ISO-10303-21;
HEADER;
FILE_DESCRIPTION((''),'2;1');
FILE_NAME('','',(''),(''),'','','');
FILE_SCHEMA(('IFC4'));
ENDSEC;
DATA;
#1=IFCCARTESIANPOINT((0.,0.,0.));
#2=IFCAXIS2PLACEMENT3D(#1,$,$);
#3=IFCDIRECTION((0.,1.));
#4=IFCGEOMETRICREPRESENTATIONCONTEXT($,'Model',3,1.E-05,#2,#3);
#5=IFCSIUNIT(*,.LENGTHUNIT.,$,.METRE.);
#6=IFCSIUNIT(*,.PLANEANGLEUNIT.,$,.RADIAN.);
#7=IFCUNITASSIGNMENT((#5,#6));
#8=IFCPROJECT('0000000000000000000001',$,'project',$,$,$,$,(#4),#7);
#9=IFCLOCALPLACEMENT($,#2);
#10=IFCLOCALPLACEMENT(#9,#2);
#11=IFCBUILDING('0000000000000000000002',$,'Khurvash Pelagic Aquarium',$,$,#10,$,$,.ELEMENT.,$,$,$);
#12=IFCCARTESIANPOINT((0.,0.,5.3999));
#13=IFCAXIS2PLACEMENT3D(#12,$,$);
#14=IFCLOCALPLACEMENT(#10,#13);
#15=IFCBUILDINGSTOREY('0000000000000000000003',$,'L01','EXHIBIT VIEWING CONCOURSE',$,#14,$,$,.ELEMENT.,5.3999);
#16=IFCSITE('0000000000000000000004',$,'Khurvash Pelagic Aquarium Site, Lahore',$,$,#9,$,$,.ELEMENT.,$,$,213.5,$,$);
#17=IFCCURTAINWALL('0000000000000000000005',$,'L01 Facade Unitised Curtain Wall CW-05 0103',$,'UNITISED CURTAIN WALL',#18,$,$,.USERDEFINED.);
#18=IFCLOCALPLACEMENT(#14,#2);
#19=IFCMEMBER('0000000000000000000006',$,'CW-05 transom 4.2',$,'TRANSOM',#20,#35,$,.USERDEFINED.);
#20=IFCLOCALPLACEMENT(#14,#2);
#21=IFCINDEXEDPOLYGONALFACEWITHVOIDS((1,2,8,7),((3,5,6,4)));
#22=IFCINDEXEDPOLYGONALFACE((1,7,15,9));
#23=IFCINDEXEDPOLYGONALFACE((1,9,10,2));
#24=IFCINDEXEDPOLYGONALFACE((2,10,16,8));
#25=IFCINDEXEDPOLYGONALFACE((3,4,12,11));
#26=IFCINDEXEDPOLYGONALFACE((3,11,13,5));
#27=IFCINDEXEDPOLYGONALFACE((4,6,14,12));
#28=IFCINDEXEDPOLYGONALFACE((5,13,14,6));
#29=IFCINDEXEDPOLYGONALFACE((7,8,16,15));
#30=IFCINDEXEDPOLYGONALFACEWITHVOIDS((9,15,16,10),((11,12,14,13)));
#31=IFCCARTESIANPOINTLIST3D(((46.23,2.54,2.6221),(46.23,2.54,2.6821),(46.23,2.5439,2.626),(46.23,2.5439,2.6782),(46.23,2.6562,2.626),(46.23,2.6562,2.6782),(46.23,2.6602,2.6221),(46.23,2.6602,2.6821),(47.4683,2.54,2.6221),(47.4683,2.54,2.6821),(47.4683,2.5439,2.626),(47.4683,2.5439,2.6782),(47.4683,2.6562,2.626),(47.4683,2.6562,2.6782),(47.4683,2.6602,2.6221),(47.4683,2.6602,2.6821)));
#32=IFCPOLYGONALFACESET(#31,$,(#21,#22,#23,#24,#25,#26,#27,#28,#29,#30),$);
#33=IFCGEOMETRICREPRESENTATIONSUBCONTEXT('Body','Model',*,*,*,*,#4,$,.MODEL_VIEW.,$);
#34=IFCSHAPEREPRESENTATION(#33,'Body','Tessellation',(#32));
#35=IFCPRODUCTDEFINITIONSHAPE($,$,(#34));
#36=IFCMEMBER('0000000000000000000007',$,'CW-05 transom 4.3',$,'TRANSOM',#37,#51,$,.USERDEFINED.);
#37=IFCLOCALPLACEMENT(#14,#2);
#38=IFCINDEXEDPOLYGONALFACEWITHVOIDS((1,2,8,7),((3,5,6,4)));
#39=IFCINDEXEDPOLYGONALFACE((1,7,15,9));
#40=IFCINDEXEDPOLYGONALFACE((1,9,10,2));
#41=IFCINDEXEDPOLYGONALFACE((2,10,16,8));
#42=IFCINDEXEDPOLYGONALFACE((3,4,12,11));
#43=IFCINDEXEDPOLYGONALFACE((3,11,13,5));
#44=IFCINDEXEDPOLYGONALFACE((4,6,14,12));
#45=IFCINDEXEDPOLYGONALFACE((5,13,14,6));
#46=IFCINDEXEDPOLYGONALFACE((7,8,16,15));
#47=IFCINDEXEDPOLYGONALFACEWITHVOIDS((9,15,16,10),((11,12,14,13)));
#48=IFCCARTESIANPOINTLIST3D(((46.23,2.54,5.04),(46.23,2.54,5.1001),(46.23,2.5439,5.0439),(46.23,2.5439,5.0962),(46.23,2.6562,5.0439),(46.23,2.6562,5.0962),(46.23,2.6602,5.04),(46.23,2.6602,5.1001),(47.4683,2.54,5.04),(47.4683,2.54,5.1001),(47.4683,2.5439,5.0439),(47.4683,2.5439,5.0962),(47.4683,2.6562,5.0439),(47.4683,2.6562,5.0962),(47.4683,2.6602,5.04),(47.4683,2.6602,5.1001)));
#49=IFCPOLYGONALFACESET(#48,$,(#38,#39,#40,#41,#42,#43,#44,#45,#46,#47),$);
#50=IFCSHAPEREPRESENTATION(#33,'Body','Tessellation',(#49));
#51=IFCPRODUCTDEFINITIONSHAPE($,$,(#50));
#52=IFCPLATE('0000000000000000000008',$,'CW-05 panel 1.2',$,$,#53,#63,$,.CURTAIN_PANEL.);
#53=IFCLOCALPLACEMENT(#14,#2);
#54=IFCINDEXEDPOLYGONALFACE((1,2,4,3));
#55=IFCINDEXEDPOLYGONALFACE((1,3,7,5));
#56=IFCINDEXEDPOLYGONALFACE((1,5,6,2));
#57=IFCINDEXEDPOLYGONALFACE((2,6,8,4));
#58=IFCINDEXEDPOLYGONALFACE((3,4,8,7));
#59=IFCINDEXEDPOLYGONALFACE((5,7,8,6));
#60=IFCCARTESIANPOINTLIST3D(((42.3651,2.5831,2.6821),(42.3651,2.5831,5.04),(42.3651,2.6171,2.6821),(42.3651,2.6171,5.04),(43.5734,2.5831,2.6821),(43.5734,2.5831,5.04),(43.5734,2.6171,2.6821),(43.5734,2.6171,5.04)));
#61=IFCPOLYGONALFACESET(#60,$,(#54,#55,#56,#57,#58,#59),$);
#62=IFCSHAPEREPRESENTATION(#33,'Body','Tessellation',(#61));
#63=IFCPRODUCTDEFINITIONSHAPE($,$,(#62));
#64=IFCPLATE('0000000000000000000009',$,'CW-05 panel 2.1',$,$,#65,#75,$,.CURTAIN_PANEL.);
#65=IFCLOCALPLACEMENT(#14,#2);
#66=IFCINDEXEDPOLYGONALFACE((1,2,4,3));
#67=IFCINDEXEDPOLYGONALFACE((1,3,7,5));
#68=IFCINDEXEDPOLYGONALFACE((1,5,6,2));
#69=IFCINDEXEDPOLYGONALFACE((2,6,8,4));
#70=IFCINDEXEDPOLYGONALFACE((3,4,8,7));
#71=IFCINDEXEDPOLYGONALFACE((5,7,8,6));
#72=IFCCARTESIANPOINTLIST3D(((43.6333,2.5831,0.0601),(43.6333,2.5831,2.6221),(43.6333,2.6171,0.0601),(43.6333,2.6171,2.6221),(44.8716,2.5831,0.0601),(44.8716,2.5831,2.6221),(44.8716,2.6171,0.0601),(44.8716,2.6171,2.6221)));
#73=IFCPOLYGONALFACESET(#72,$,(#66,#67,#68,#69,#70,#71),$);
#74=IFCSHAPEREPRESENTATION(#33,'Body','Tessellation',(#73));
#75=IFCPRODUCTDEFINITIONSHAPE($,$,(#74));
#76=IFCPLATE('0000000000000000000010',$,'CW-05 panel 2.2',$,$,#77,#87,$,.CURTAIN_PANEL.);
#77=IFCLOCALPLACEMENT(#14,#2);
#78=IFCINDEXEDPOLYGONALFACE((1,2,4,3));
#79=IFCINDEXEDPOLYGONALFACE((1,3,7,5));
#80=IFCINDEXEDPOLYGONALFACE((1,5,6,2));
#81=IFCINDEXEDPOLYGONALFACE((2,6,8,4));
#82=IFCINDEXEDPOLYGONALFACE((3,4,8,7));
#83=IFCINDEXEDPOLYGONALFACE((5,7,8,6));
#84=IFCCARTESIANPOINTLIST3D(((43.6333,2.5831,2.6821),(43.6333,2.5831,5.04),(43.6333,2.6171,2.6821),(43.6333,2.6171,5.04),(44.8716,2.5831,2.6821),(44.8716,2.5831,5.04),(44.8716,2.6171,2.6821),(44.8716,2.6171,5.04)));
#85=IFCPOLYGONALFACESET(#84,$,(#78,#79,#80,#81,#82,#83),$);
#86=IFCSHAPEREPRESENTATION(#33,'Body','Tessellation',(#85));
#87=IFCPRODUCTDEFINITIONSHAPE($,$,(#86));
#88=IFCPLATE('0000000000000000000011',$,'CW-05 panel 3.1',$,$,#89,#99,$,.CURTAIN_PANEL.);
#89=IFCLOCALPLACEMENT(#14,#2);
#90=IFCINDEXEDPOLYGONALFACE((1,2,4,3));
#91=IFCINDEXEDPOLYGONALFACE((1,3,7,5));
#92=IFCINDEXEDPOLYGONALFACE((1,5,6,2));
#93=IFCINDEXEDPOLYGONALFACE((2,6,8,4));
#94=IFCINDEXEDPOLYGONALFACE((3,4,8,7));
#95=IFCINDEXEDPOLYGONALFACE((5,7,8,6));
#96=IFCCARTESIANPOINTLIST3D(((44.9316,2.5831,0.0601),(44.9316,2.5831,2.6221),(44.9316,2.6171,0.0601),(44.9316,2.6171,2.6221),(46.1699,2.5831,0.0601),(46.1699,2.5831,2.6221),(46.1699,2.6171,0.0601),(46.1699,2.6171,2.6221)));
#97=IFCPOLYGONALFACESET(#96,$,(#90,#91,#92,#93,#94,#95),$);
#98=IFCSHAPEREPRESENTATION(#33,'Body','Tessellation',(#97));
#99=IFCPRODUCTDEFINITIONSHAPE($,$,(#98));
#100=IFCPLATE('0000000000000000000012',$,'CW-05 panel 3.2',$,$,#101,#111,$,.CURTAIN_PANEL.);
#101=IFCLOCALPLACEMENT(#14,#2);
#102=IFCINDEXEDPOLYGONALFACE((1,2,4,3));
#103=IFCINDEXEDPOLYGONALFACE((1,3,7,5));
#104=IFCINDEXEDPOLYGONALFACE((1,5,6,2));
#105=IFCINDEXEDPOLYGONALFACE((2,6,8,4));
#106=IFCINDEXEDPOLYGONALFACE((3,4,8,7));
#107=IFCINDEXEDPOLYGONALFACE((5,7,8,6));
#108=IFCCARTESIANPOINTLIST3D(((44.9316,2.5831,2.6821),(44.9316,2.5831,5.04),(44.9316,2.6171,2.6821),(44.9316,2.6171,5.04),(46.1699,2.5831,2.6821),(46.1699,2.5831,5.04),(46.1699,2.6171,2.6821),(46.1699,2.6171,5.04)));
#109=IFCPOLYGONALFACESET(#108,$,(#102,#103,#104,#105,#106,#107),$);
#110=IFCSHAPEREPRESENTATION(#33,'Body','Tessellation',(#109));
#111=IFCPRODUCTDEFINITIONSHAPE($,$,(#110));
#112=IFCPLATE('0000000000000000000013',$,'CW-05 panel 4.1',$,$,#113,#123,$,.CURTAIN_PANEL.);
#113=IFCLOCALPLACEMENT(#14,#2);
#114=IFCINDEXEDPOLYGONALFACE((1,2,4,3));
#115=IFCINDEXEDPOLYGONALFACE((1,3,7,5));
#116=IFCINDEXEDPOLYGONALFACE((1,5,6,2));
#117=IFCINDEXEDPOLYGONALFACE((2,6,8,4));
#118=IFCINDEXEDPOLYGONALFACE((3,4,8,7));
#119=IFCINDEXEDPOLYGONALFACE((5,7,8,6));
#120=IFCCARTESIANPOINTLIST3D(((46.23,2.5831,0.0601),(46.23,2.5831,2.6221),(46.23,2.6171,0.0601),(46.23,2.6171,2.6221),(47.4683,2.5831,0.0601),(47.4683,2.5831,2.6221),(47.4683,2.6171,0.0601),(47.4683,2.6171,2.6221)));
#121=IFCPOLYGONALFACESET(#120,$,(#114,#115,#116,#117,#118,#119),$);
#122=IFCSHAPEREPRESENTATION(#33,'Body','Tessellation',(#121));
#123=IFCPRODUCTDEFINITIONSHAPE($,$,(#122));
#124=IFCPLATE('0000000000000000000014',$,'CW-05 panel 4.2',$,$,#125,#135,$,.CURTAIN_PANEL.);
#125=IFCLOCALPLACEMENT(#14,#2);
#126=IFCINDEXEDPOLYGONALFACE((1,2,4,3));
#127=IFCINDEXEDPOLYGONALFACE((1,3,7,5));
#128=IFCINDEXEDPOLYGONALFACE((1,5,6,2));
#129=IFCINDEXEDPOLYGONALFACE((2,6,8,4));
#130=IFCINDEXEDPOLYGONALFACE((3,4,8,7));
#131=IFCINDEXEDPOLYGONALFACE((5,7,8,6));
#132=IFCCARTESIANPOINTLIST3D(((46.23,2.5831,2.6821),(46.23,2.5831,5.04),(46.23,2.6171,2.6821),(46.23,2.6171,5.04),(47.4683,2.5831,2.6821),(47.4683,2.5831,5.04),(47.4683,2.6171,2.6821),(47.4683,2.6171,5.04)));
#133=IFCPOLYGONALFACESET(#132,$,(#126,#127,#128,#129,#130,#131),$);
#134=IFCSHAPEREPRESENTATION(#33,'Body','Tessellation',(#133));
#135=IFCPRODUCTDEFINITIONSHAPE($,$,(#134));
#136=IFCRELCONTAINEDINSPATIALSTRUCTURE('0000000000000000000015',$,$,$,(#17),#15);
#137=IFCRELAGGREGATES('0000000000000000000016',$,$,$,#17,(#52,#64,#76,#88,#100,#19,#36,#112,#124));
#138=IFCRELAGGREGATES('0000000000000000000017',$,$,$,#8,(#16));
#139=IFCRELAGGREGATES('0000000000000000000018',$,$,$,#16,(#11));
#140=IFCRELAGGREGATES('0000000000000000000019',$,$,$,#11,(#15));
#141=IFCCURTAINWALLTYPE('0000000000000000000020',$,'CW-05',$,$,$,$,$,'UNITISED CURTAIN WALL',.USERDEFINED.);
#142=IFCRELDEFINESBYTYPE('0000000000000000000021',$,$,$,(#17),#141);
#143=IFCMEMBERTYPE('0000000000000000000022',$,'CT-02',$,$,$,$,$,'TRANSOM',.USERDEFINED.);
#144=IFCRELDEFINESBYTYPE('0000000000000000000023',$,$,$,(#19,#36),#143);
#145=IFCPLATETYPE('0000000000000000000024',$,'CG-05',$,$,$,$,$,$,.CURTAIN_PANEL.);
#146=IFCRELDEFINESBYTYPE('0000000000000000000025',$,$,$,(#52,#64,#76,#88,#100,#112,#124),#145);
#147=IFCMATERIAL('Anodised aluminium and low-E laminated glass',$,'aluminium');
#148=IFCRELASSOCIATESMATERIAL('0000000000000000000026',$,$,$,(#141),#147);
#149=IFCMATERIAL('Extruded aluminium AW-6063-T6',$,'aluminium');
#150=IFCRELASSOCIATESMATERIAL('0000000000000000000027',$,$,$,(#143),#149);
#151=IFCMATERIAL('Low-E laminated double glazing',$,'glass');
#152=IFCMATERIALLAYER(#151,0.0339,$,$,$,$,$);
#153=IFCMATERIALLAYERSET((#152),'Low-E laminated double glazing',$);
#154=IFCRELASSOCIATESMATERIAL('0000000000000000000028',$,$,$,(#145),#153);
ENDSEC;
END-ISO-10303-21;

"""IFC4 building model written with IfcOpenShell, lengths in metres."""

from ifc_helpers import new_model, si_unit, direction, frame, origin, origin_2d, place, context, subcontext, project, spatial, rectangle, hollow_rectangle, extrude, material, layer, layer_set, material_profile, profile_set, type_object, element, aggregate, save


model = new_model("IFC4")

# Units and contexts
model_context = context("Model", 3, precision=1e-05, world=origin(), true_north=direction((0.0, 1.0)))
body_context = subcontext(model_context, "Body", "Model", "MODEL_VIEW")
ifc_project = project(units=[si_unit("LENGTHUNIT", "METRE"), si_unit("PLANEANGLEUNIT", "RADIAN")], contexts=[model_context])

# Site, building, storey
site_placement = place(None, origin())
site = spatial("IfcSite", under=ifc_project, at=site_placement, Name="Khurvash Pelagic Aquarium Site, Lahore", CompositionType="ELEMENT", RefElevation=213.5)
building_placement = place(site_placement, origin())
building = spatial("IfcBuilding", under=site, at=building_placement, Name="Khurvash Pelagic Aquarium", CompositionType="ELEMENT")
storey_placement = place(building_placement, frame((0.0, 0.0, 5.3999)))
storey = spatial("IfcBuildingStorey", under=building, at=storey_placement, Name="L01", Description="EXHIBIT VIEWING CONCOURSE", CompositionType="ELEMENT", Elevation=5.3999)

# Curtain wall, members, plates
ifc_material_1 = material(Name="Anodised aluminium and low-E laminated glass", Category="aluminium")
curtain_wall_type = type_object("IfcCurtainWallType", Name="CW-05", ElementType="UNITISED CURTAIN WALL", PredefinedType="USERDEFINED", material=ifc_material_1)
curtain_wall_placement = place(storey_placement, origin())
curtain_wall = element("IfcCurtainWall", 1, at=curtain_wall_placement, inside=storey, type_object=curtain_wall_type, Name="L01 Facade Unitised Curtain Wall CW-05 0103", ObjectType="UNITISED CURTAIN WALL", PredefinedType="USERDEFINED")
ifc_material_2 = material(Name="Extruded aluminium AW-6063-T6", Category="aluminium")
ifc_material_profile_1 = material_profile(ifc_material_2, hollow_rectangle(XDim=0.1201, YDim=0.0601, WallThickness=0.0039, at=origin_2d()), Name="CWT120X60X4")
ifc_profile_set_1 = profile_set([ifc_material_profile_1], Name="Extruded aluminium AW-6063-T6")
member_type_1 = type_object("IfcMemberType", Name="CT-02", ElementType="TRANSOM", PredefinedType="USERDEFINED", material=ifc_profile_set_1)
member_1_placement = place(storey_placement, frame((46.23, 2.6001, 2.6521), z_axis=(1.0, 0.0, 0.0), x_axis=(0.0, 1.0, 0.0)))
member_1 = element("IfcMember", 2, at=member_1_placement, type_object=member_type_1, Name="CW-05 transom 4.2", ObjectType="TRANSOM", PredefinedType="USERDEFINED", context=body_context, shape_type="SweptSolid", body=[
    extrude(hollow_rectangle(XDim=0.1201, YDim=0.0601, WallThickness=0.0039, at=origin_2d()), origin(), (0.0, 0.0, 1.0), 1.2383),
])
member_2_placement = place(storey_placement, frame((46.23, 2.6001, 5.0701), z_axis=(1.0, 0.0, 0.0), x_axis=(0.0, 1.0, 0.0)))
member_2 = element("IfcMember", 3, at=member_2_placement, type_object=member_type_1, Name="CW-05 transom 4.3", ObjectType="TRANSOM", PredefinedType="USERDEFINED", context=body_context, shape_type="SweptSolid", body=[
    extrude(hollow_rectangle(XDim=0.1201, YDim=0.0601, WallThickness=0.0039, at=origin_2d()), origin(), (0.0, 0.0, 1.0), 1.2383),
])
ifc_material_3 = material(Name="Low-E laminated double glazing", Category="glass")
ifc_layer = layer(ifc_material_3, 0.0339)
ifc_layer_set = layer_set([ifc_layer], Name="Low-E laminated double glazing")
plate_type = type_object("IfcPlateType", Name="CG-05", PredefinedType="CURTAIN_PANEL", material=ifc_layer_set)
plate_1_placement = place(storey_placement, frame((42.9692, 2.6001, 2.6821), z_axis=(0.0, 0.0, 1.0), x_axis=(1.0, 0.0, 0.0)))
plate_1 = element("IfcPlate", 4, at=plate_1_placement, type_object=plate_type, Name="CW-05 panel 1.2", PredefinedType="CURTAIN_PANEL", context=body_context, shape_type="SweptSolid", body=[
    extrude(rectangle(XDim=1.2083, YDim=0.0339, at=origin_2d()), origin(), (0.0, 0.0, 1.0), 2.3579),
])
plate_2_placement = place(storey_placement, frame((44.2524, 2.6001, 0.0601), z_axis=(0.0, 0.0, 1.0), x_axis=(1.0, 0.0, 0.0)))
plate_2 = element("IfcPlate", 5, at=plate_2_placement, type_object=plate_type, Name="CW-05 panel 2.1", PredefinedType="CURTAIN_PANEL", context=body_context, shape_type="SweptSolid", body=[
    extrude(rectangle(XDim=1.2383, YDim=0.0339, at=origin_2d()), origin(), (0.0, 0.0, 1.0), 2.562),
])
plate_3_placement = place(storey_placement, frame((44.2524, 2.6001, 2.6821), z_axis=(0.0, 0.0, 1.0), x_axis=(1.0, 0.0, 0.0)))
plate_3 = element("IfcPlate", 6, at=plate_3_placement, type_object=plate_type, Name="CW-05 panel 2.2", PredefinedType="CURTAIN_PANEL", context=body_context, shape_type="SweptSolid", body=[
    extrude(rectangle(XDim=1.2383, YDim=0.0339, at=origin_2d()), origin(), (0.0, 0.0, 1.0), 2.3579),
])
plate_4_placement = place(storey_placement, frame((45.5508, 2.6001, 0.0601), z_axis=(0.0, 0.0, 1.0), x_axis=(1.0, 0.0, 0.0)))
plate_4 = element("IfcPlate", 7, at=plate_4_placement, type_object=plate_type, Name="CW-05 panel 3.1", PredefinedType="CURTAIN_PANEL", context=body_context, shape_type="SweptSolid", body=[
    extrude(rectangle(XDim=1.2383, YDim=0.0339, at=origin_2d()), origin(), (0.0, 0.0, 1.0), 2.562),
])
plate_5_placement = place(storey_placement, frame((45.5508, 2.6001, 2.6821), z_axis=(0.0, 0.0, 1.0), x_axis=(1.0, 0.0, 0.0)))
plate_5 = element("IfcPlate", 8, at=plate_5_placement, type_object=plate_type, Name="CW-05 panel 3.2", PredefinedType="CURTAIN_PANEL", context=body_context, shape_type="SweptSolid", body=[
    extrude(rectangle(XDim=1.2383, YDim=0.0339, at=origin_2d()), origin(), (0.0, 0.0, 1.0), 2.3579),
])
plate_6_placement = place(storey_placement, frame((46.8491, 2.6001, 0.0601), z_axis=(0.0, 0.0, 1.0), x_axis=(1.0, 0.0, 0.0)))
plate_6 = element("IfcPlate", 9, at=plate_6_placement, type_object=plate_type, Name="CW-05 panel 4.1", PredefinedType="CURTAIN_PANEL", context=body_context, shape_type="SweptSolid", body=[
    extrude(rectangle(XDim=1.2383, YDim=0.0339, at=origin_2d()), origin(), (0.0, 0.0, 1.0), 2.562),
])
plate_7_placement = place(storey_placement, frame((46.8491, 2.6001, 2.6821), z_axis=(0.0, 0.0, 1.0), x_axis=(1.0, 0.0, 0.0)))
plate_7 = element("IfcPlate", 10, at=plate_7_placement, type_object=plate_type, Name="CW-05 panel 4.2", PredefinedType="CURTAIN_PANEL", context=body_context, shape_type="SweptSolid", body=[
    extrude(rectangle(XDim=1.2383, YDim=0.0339, at=origin_2d()), origin(), (0.0, 0.0, 1.0), 2.3579),
])
aggregate(curtain_wall, [plate_1, plate_2, plate_3, plate_4, plate_5, member_1, member_2, plate_6, plate_7])

save(model, "model.ifc")
